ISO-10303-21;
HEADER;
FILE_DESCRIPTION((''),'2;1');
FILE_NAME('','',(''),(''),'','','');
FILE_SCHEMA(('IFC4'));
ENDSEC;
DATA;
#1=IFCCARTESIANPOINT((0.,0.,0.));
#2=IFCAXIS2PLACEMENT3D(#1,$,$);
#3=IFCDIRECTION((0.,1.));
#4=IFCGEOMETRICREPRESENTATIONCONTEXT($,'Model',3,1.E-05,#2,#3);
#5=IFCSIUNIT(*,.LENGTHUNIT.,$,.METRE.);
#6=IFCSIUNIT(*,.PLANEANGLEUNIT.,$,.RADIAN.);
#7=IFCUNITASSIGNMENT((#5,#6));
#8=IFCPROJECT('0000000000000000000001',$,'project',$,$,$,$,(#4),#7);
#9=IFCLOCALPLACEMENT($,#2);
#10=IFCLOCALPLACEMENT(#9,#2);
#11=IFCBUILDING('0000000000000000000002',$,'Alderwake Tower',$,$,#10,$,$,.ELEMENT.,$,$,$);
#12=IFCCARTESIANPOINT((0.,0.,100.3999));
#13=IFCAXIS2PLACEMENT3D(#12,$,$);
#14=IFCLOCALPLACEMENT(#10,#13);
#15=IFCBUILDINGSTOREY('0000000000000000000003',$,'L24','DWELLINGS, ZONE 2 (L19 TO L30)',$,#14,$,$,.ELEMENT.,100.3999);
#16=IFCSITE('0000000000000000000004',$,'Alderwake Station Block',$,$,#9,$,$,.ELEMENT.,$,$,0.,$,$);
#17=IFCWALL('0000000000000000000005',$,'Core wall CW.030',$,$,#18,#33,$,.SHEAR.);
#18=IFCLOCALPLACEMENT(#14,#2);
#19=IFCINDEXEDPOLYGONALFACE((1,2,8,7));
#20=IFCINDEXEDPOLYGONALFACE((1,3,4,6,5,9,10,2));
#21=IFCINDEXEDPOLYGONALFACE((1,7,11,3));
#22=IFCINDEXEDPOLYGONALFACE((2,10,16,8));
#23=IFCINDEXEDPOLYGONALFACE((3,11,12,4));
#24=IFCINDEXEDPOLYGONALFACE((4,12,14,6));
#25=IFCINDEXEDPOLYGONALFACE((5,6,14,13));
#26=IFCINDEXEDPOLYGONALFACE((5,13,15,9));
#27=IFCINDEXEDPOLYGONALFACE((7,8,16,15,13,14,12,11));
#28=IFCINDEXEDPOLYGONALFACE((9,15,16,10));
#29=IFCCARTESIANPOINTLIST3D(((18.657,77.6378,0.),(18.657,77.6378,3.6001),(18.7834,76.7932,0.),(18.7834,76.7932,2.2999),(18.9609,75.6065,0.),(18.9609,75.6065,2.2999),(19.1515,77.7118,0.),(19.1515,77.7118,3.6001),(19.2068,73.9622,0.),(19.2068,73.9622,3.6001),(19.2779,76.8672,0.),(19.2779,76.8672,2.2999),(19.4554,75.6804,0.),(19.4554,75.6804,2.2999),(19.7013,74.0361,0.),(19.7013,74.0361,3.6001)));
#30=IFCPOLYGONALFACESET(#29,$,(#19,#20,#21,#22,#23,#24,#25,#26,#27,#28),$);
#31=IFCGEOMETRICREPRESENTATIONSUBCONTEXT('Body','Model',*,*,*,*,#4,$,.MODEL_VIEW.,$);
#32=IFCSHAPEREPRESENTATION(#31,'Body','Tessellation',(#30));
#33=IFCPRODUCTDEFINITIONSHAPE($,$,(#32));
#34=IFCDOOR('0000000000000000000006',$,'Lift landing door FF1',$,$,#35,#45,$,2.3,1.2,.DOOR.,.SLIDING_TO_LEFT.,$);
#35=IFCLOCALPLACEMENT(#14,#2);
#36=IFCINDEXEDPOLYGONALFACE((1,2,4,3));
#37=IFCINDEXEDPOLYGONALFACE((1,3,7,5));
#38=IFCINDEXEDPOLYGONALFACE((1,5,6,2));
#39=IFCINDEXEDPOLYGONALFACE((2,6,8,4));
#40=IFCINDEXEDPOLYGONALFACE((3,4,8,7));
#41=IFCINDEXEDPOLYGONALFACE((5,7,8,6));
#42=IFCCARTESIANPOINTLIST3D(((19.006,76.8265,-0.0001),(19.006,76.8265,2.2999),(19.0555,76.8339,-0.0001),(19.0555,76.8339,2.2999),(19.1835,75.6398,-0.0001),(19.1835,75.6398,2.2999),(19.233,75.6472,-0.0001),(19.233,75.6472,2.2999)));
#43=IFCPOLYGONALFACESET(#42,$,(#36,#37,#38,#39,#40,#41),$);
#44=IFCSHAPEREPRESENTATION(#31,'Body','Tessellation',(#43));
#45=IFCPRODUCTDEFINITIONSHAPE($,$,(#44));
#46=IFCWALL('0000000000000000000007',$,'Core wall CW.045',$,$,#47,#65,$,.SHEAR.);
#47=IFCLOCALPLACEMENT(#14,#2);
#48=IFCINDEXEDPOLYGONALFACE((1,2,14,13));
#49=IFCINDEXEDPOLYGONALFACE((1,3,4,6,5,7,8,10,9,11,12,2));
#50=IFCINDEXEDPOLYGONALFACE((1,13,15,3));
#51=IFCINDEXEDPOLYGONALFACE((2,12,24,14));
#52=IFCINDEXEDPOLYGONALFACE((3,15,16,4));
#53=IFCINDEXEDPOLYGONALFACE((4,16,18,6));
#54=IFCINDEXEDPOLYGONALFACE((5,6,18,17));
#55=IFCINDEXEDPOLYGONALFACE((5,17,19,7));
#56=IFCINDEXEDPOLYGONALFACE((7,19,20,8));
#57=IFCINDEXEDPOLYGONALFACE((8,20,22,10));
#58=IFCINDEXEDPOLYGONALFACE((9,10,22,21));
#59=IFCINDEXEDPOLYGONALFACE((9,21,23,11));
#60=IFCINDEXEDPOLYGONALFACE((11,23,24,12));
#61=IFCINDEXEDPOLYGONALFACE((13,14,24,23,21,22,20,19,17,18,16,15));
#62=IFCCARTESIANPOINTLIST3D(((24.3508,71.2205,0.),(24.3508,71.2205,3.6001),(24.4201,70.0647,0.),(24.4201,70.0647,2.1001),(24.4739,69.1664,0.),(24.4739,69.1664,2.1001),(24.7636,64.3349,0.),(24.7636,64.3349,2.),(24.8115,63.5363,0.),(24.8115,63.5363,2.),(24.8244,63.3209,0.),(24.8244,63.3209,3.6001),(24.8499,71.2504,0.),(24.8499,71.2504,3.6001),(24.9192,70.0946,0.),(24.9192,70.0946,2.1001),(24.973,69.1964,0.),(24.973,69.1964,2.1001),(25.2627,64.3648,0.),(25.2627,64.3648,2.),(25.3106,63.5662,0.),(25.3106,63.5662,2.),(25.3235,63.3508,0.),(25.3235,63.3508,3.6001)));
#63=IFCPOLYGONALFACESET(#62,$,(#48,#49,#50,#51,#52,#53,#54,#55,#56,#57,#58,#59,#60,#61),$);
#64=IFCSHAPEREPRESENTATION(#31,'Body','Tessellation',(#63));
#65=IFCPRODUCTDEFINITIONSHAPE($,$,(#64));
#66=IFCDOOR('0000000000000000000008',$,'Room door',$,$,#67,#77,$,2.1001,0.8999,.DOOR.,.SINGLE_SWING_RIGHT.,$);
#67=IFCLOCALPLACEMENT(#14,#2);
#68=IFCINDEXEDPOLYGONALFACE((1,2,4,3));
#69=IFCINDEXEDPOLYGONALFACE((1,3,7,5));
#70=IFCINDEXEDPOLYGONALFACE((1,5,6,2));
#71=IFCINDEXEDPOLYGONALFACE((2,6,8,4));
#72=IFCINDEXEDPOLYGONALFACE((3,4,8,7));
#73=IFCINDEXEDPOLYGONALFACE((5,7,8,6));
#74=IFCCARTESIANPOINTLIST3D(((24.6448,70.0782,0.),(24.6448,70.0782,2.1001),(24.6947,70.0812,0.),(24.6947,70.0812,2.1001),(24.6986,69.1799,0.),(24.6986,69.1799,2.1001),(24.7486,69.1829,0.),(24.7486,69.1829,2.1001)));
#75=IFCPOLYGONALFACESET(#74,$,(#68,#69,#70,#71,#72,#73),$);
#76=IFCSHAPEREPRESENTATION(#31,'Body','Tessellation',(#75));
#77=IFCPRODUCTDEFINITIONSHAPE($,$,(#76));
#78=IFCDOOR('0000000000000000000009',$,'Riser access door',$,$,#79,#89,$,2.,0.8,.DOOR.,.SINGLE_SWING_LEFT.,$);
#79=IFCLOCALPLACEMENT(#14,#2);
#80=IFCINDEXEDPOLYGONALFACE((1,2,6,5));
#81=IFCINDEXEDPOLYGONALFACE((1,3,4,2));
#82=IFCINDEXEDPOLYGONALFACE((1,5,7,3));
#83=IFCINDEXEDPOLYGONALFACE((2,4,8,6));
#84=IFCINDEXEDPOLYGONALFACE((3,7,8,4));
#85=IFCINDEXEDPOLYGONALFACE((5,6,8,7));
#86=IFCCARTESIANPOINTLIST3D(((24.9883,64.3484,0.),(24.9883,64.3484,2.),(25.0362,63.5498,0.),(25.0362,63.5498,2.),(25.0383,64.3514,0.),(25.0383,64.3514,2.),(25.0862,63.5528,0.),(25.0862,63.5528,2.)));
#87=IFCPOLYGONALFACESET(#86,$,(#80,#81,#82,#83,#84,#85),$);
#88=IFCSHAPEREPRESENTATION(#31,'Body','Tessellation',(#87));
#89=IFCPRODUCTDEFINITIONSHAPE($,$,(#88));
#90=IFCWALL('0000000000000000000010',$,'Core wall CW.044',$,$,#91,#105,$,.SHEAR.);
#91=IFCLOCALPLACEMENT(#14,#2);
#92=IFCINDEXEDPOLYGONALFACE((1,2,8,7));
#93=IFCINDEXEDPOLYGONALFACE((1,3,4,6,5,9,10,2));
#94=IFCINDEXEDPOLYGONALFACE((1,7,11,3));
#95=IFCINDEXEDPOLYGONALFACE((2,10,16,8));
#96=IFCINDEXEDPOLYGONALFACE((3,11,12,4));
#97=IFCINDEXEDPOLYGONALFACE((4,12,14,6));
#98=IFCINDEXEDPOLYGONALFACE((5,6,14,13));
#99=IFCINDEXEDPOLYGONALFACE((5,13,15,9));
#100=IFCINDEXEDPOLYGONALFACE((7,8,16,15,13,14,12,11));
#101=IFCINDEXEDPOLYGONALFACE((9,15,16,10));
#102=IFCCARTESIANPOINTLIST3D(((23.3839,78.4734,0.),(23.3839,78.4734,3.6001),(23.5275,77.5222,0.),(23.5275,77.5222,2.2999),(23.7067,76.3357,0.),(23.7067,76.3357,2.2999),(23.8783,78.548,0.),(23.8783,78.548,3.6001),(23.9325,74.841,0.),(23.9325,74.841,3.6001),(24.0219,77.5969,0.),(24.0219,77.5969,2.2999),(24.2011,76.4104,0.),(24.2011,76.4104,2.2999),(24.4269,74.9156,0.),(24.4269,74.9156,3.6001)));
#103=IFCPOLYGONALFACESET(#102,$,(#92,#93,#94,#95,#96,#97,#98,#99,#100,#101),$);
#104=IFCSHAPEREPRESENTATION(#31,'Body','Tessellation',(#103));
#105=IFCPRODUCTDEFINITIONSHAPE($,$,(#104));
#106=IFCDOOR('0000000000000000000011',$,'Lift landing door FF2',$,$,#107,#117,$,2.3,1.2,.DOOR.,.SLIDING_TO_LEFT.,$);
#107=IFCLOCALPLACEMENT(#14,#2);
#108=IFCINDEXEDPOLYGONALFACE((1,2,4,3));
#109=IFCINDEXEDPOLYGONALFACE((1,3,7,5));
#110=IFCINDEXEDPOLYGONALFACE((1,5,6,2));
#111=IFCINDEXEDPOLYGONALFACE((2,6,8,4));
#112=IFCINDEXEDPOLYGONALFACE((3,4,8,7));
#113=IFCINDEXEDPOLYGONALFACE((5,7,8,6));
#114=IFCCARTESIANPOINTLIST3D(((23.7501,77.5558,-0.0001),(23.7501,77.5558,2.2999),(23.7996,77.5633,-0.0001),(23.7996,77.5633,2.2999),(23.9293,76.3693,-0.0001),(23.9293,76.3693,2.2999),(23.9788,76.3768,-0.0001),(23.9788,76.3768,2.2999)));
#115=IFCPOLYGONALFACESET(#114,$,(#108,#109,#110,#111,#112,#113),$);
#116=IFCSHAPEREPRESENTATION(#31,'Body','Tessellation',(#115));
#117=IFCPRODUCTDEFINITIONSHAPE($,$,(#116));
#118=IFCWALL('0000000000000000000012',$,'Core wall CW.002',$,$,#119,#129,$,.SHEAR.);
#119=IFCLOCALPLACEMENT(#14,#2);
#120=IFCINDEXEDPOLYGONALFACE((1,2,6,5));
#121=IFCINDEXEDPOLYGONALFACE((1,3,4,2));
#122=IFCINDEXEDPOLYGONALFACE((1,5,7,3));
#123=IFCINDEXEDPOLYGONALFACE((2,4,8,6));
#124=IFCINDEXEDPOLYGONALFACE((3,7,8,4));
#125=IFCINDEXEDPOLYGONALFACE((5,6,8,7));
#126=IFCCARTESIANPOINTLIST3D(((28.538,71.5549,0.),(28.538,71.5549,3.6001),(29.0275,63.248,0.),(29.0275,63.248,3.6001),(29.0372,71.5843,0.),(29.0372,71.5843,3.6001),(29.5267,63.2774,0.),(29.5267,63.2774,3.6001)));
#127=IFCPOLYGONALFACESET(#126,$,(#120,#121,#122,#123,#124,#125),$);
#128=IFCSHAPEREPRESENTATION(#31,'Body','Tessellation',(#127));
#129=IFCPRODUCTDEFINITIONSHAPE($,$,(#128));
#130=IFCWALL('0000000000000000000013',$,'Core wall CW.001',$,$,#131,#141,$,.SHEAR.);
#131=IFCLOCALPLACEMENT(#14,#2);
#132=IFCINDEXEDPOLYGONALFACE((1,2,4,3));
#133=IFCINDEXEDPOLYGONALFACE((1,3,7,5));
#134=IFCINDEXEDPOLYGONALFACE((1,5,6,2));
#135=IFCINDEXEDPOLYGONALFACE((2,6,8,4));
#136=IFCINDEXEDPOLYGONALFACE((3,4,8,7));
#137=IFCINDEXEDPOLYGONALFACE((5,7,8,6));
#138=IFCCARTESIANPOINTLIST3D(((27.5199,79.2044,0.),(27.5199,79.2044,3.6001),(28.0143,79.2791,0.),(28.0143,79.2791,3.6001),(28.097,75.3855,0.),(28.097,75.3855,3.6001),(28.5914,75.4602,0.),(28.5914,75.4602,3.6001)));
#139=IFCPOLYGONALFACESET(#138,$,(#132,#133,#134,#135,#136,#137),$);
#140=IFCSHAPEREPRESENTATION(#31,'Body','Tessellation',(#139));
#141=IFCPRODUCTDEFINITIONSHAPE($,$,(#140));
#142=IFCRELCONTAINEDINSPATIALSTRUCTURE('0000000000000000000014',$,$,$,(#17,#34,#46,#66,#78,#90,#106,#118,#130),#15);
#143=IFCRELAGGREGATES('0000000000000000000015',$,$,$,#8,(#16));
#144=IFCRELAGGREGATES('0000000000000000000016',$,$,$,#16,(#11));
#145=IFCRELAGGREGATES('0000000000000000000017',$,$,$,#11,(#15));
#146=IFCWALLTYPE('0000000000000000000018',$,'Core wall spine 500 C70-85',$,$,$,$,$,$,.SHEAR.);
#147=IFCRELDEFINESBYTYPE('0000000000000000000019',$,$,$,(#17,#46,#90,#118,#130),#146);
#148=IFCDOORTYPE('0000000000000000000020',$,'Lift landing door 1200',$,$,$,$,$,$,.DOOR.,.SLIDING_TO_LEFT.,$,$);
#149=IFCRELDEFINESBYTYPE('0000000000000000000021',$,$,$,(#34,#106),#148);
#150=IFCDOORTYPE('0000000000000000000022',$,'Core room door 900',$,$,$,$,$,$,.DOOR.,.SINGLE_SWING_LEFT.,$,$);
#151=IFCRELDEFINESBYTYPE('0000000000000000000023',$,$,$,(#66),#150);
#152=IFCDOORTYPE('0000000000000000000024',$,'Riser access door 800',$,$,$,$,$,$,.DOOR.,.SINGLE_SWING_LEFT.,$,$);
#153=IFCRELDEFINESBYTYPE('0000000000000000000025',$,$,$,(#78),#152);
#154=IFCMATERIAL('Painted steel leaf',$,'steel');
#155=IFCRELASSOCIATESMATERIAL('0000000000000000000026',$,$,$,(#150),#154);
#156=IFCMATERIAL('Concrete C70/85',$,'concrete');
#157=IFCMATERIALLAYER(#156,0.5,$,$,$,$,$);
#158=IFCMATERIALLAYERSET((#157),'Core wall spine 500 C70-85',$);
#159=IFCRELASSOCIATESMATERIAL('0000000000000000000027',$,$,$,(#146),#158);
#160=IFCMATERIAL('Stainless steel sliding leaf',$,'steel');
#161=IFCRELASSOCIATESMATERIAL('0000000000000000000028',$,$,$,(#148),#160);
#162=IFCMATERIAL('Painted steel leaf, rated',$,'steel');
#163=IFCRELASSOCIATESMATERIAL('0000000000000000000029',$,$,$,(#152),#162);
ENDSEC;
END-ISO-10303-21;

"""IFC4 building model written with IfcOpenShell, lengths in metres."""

from ifc_helpers import new_model, si_unit, direction, frame, frame_2d, origin, place, context, subcontext, project, spatial, rectangle, extrude, material, layer, layer_set, type_object, element, fill, save


model = new_model("IFC4")

# Units and contexts
model_context = context("Model", 3, precision=1e-05, world=origin(), true_north=direction((0.0, 1.0)))
body_context = subcontext(model_context, "Body", "Model", "MODEL_VIEW")
ifc_project = project(units=[si_unit("LENGTHUNIT", "METRE"), si_unit("PLANEANGLEUNIT", "RADIAN")], contexts=[model_context])

# Site, building, storey
site_placement = place(None, origin())
site = spatial("IfcSite", under=ifc_project, at=site_placement, Name="Alderwake Station Block", CompositionType="ELEMENT", RefElevation=0.0)
building_placement = place(site_placement, origin())
building = spatial("IfcBuilding", under=site, at=building_placement, Name="Alderwake Tower", CompositionType="ELEMENT")
storey_placement = place(building_placement, frame((0.0, 0.0, 100.3999)))
storey = spatial("IfcBuildingStorey", under=building, at=storey_placement, Name="L24", Description="DWELLINGS, ZONE 2 (L19 TO L30)", CompositionType="ELEMENT", Elevation=100.3999)

# Shared definitions
ifc_material_1 = material(Name="Painted steel leaf", Category="steel")
door_type_1 = type_object("IfcDoorType", Name="Core room door 900", OperationType="SINGLE_SWING_LEFT", PredefinedType="DOOR", material=ifc_material_1)

# Shared definitions
ifc_material_2 = material(Name="Concrete C70/85", Category="concrete")
ifc_layer_1 = layer(ifc_material_2, 0.5)
ifc_layer_set_1 = layer_set([ifc_layer_1], Name="Core wall spine 500 C70-85")
wall_type_1 = type_object("IfcWallType", Name="Core wall spine 500 C70-85", PredefinedType="SHEAR", material=ifc_layer_set_1)

# Wall, opening, door
wall_1_placement = place(storey_placement, frame((19.4541, 73.999, 0.0), z_axis=(0.0, 0.0, 1.0), x_axis=(-0.147929, 0.988998, 0.0)))
wall_1 = element("IfcWall", 1, at=wall_1_placement, inside=storey, type_object=wall_type_1, Name="Core wall CW.030", PredefinedType="SHEAR", context=body_context, shape_type="SweptSolid", body=[
    extrude(rectangle(XDim=3.7166, YDim=0.5, at=frame_2d((1.8584, 0.0))), origin(), (0.0, 0.0, 1.0), 3.6001),
])
opening_1_placement = place(wall_1_placement, frame((1.6626, 0.0, 0.0)))
opening_1 = element("IfcOpeningElement", 2, at=opening_1_placement, cuts=wall_1, PredefinedType="OPENING", context=body_context, shape_type="SweptSolid", body=[
    extrude(rectangle(XDim=1.2, YDim=2.3, at=frame_2d((0.6001, 1.1499))), frame((0.0, 0.26, 0.0), z_axis=(0.0, -1.0, 0.0), x_axis=(1.0, 0.0, 0.0)), (0.0, 0.0, 1.0), 0.52),
])
ifc_material_3 = material(Name="Stainless steel sliding leaf", Category="steel")
door_type_2 = type_object("IfcDoorType", Name="Lift landing door 1200", OperationType="SLIDING_TO_LEFT", PredefinedType="DOOR", material=ifc_material_3)
door_1_placement = place(opening_1_placement, origin())
door_1 = element("IfcDoor", 3, at=door_1_placement, inside=storey, type_object=door_type_2, Name="Lift landing door FF1", OperationType="SLIDING_TO_LEFT", OverallHeight=2.3, OverallWidth=1.2, PredefinedType="DOOR", context=body_context, shape_type="SweptSolid", body=[
    extrude(rectangle(XDim=1.2, YDim=2.3, at=frame_2d((0.6001, 1.1499))), frame((0.0, 0.0249, 0.0), z_axis=(0.0, -1.0, 0.0), x_axis=(1.0, 0.0, 0.0)), (0.0, 0.0, 1.0), 0.05),
])
fill(opening_1, door_1)

# Wall, openings, doors
wall_2_placement = place(storey_placement, frame((25.074, 63.3357, 0.0), z_axis=(0.0, 0.0, 1.0), x_axis=(-0.059849, 0.998207, 0.0)))
wall_2 = element("IfcWall", 4, at=wall_2_placement, inside=storey, type_object=wall_type_1, Name="Core wall CW.045", PredefinedType="SHEAR", context=body_context, shape_type="SweptSolid", body=[
    extrude(rectangle(XDim=7.9138, YDim=0.5, at=frame_2d((3.957, 0.0))), origin(), (0.0, 0.0, 1.0), 3.6001),
])
opening_2_placement = place(wall_2_placement, frame((0.2161, 0.0, 0.0)))
opening_2 = element("IfcOpeningElement", 5, at=opening_2_placement, cuts=wall_2, PredefinedType="OPENING", context=body_context, shape_type="SweptSolid", body=[
    extrude(rectangle(XDim=0.8, YDim=2.0, at=frame_2d((0.3999, 1.0))), frame((0.0, 0.26, 0.0), z_axis=(0.0, -1.0, 0.0), x_axis=(1.0, 0.0, 0.0)), (0.0, 0.0, 1.0), 0.52),
])
opening_3_placement = place(wall_2_placement, frame((5.8562, 0.0, 0.0)))
opening_3 = element("IfcOpeningElement", 6, at=opening_3_placement, cuts=wall_2, PredefinedType="OPENING", context=body_context, shape_type="SweptSolid", body=[
    extrude(rectangle(XDim=0.8999, YDim=2.1001, at=frame_2d((0.45, 1.05))), frame((0.0, 0.26, 0.0), z_axis=(0.0, -1.0, 0.0), x_axis=(1.0, 0.0, 0.0)), (0.0, 0.0, 1.0), 0.52),
])
door_2_placement = place(opening_3_placement, origin())
door_2 = element("IfcDoor", 7, at=door_2_placement, inside=storey, type_object=door_type_1, Name="Room door", OperationType="SINGLE_SWING_RIGHT", OverallHeight=2.1001, OverallWidth=0.8999, PredefinedType="DOOR", context=body_context, shape_type="SweptSolid", body=[
    extrude(rectangle(XDim=0.8999, YDim=2.1001, at=frame_2d((0.45, 1.05))), frame((0.0, 0.0249, 0.0), z_axis=(0.0, -1.0, 0.0), x_axis=(1.0, 0.0, 0.0)), (0.0, 0.0, 1.0), 0.05),
])
fill(opening_3, door_2)
ifc_material_4 = material(Name="Painted steel leaf, rated", Category="steel")
door_type_3 = type_object("IfcDoorType", Name="Riser access door 800", OperationType="SINGLE_SWING_LEFT", PredefinedType="DOOR", material=ifc_material_4)
door_3_placement = place(opening_2_placement, origin())
door_3 = element("IfcDoor", 8, at=door_3_placement, inside=storey, type_object=door_type_3, Name="Riser access door", OperationType="SINGLE_SWING_LEFT", OverallHeight=2.0, OverallWidth=0.8, PredefinedType="DOOR", context=body_context, shape_type="SweptSolid", body=[
    extrude(rectangle(XDim=0.8, YDim=2.0, at=frame_2d((0.3999, 1.0))), frame((0.0, 0.0249, 0.0), z_axis=(0.0, -1.0, 0.0), x_axis=(1.0, 0.0, 0.0)), (0.0, 0.0, 1.0), 0.05),
])
fill(opening_2, door_3)

# Wall, opening, door
wall_3_placement = place(storey_placement, frame((24.1797, 74.8782, 0.0), z_axis=(0.0, 0.0, 1.0), x_axis=(-0.149335, 0.988787, 0.0)))
wall_3 = element("IfcWall", 9, at=wall_3_placement, inside=storey, type_object=wall_type_1, Name="Core wall CW.044", PredefinedType="SHEAR", context=body_context, shape_type="SweptSolid", body=[
    extrude(rectangle(XDim=3.6736, YDim=0.5, at=frame_2d((1.8369, 0.0))), origin(), (0.0, 0.0, 1.0), 3.6001),
])
opening_4_placement = place(wall_3_placement, frame((1.5117, 0.0, 0.0)))
opening_4 = element("IfcOpeningElement", 10, at=opening_4_placement, cuts=wall_3, PredefinedType="OPENING", context=body_context, shape_type="SweptSolid", body=[
    extrude(rectangle(XDim=1.2, YDim=2.3, at=frame_2d((0.6001, 1.1499))), frame((0.0, 0.26, 0.0), z_axis=(0.0, -1.0, 0.0), x_axis=(1.0, 0.0, 0.0)), (0.0, 0.0, 1.0), 0.52),
])
door_4_placement = place(opening_4_placement, origin())
door_4 = element("IfcDoor", 11, at=door_4_placement, inside=storey, type_object=door_type_2, Name="Lift landing door FF2", OperationType="SLIDING_TO_LEFT", OverallHeight=2.3, OverallWidth=1.2, PredefinedType="DOOR", context=body_context, shape_type="SweptSolid", body=[
    extrude(rectangle(XDim=1.2, YDim=2.3, at=frame_2d((0.6001, 1.1499))), frame((0.0, 0.0249, 0.0), z_axis=(0.0, -1.0, 0.0), x_axis=(1.0, 0.0, 0.0)), (0.0, 0.0, 1.0), 0.05),
])
fill(opening_4, door_4)

# Walls
wall_4_placement = place(storey_placement, frame((29.2771, 63.2627, 0.0), z_axis=(0.0, 0.0, 1.0), x_axis=(-0.058825, 0.998268, 0.0)))
element("IfcWall", 12, at=wall_4_placement, inside=storey, type_object=wall_type_1, Name="Core wall CW.002", PredefinedType="SHEAR", context=body_context, shape_type="SweptSolid", body=[
    extrude(rectangle(XDim=8.3213, YDim=0.5, at=frame_2d((4.1606, 0.0))), origin(), (0.0, 0.0, 1.0), 3.6001),
])
wall_5_placement = place(storey_placement, frame((28.3442, 75.4229, 0.0), z_axis=(0.0, 0.0, 1.0), x_axis=(-0.149435, 0.988772, 0.0)))
element("IfcWall", 13, at=wall_5_placement, inside=storey, type_object=wall_type_1, Name="Core wall CW.001", PredefinedType="SHEAR", context=body_context, shape_type="SweptSolid", body=[
    extrude(rectangle(XDim=3.8623, YDim=0.5, at=frame_2d((1.9312, 0.0))), origin(), (0.0, 0.0, 1.0), 3.6001),
])

save(model, "model.ifc")
